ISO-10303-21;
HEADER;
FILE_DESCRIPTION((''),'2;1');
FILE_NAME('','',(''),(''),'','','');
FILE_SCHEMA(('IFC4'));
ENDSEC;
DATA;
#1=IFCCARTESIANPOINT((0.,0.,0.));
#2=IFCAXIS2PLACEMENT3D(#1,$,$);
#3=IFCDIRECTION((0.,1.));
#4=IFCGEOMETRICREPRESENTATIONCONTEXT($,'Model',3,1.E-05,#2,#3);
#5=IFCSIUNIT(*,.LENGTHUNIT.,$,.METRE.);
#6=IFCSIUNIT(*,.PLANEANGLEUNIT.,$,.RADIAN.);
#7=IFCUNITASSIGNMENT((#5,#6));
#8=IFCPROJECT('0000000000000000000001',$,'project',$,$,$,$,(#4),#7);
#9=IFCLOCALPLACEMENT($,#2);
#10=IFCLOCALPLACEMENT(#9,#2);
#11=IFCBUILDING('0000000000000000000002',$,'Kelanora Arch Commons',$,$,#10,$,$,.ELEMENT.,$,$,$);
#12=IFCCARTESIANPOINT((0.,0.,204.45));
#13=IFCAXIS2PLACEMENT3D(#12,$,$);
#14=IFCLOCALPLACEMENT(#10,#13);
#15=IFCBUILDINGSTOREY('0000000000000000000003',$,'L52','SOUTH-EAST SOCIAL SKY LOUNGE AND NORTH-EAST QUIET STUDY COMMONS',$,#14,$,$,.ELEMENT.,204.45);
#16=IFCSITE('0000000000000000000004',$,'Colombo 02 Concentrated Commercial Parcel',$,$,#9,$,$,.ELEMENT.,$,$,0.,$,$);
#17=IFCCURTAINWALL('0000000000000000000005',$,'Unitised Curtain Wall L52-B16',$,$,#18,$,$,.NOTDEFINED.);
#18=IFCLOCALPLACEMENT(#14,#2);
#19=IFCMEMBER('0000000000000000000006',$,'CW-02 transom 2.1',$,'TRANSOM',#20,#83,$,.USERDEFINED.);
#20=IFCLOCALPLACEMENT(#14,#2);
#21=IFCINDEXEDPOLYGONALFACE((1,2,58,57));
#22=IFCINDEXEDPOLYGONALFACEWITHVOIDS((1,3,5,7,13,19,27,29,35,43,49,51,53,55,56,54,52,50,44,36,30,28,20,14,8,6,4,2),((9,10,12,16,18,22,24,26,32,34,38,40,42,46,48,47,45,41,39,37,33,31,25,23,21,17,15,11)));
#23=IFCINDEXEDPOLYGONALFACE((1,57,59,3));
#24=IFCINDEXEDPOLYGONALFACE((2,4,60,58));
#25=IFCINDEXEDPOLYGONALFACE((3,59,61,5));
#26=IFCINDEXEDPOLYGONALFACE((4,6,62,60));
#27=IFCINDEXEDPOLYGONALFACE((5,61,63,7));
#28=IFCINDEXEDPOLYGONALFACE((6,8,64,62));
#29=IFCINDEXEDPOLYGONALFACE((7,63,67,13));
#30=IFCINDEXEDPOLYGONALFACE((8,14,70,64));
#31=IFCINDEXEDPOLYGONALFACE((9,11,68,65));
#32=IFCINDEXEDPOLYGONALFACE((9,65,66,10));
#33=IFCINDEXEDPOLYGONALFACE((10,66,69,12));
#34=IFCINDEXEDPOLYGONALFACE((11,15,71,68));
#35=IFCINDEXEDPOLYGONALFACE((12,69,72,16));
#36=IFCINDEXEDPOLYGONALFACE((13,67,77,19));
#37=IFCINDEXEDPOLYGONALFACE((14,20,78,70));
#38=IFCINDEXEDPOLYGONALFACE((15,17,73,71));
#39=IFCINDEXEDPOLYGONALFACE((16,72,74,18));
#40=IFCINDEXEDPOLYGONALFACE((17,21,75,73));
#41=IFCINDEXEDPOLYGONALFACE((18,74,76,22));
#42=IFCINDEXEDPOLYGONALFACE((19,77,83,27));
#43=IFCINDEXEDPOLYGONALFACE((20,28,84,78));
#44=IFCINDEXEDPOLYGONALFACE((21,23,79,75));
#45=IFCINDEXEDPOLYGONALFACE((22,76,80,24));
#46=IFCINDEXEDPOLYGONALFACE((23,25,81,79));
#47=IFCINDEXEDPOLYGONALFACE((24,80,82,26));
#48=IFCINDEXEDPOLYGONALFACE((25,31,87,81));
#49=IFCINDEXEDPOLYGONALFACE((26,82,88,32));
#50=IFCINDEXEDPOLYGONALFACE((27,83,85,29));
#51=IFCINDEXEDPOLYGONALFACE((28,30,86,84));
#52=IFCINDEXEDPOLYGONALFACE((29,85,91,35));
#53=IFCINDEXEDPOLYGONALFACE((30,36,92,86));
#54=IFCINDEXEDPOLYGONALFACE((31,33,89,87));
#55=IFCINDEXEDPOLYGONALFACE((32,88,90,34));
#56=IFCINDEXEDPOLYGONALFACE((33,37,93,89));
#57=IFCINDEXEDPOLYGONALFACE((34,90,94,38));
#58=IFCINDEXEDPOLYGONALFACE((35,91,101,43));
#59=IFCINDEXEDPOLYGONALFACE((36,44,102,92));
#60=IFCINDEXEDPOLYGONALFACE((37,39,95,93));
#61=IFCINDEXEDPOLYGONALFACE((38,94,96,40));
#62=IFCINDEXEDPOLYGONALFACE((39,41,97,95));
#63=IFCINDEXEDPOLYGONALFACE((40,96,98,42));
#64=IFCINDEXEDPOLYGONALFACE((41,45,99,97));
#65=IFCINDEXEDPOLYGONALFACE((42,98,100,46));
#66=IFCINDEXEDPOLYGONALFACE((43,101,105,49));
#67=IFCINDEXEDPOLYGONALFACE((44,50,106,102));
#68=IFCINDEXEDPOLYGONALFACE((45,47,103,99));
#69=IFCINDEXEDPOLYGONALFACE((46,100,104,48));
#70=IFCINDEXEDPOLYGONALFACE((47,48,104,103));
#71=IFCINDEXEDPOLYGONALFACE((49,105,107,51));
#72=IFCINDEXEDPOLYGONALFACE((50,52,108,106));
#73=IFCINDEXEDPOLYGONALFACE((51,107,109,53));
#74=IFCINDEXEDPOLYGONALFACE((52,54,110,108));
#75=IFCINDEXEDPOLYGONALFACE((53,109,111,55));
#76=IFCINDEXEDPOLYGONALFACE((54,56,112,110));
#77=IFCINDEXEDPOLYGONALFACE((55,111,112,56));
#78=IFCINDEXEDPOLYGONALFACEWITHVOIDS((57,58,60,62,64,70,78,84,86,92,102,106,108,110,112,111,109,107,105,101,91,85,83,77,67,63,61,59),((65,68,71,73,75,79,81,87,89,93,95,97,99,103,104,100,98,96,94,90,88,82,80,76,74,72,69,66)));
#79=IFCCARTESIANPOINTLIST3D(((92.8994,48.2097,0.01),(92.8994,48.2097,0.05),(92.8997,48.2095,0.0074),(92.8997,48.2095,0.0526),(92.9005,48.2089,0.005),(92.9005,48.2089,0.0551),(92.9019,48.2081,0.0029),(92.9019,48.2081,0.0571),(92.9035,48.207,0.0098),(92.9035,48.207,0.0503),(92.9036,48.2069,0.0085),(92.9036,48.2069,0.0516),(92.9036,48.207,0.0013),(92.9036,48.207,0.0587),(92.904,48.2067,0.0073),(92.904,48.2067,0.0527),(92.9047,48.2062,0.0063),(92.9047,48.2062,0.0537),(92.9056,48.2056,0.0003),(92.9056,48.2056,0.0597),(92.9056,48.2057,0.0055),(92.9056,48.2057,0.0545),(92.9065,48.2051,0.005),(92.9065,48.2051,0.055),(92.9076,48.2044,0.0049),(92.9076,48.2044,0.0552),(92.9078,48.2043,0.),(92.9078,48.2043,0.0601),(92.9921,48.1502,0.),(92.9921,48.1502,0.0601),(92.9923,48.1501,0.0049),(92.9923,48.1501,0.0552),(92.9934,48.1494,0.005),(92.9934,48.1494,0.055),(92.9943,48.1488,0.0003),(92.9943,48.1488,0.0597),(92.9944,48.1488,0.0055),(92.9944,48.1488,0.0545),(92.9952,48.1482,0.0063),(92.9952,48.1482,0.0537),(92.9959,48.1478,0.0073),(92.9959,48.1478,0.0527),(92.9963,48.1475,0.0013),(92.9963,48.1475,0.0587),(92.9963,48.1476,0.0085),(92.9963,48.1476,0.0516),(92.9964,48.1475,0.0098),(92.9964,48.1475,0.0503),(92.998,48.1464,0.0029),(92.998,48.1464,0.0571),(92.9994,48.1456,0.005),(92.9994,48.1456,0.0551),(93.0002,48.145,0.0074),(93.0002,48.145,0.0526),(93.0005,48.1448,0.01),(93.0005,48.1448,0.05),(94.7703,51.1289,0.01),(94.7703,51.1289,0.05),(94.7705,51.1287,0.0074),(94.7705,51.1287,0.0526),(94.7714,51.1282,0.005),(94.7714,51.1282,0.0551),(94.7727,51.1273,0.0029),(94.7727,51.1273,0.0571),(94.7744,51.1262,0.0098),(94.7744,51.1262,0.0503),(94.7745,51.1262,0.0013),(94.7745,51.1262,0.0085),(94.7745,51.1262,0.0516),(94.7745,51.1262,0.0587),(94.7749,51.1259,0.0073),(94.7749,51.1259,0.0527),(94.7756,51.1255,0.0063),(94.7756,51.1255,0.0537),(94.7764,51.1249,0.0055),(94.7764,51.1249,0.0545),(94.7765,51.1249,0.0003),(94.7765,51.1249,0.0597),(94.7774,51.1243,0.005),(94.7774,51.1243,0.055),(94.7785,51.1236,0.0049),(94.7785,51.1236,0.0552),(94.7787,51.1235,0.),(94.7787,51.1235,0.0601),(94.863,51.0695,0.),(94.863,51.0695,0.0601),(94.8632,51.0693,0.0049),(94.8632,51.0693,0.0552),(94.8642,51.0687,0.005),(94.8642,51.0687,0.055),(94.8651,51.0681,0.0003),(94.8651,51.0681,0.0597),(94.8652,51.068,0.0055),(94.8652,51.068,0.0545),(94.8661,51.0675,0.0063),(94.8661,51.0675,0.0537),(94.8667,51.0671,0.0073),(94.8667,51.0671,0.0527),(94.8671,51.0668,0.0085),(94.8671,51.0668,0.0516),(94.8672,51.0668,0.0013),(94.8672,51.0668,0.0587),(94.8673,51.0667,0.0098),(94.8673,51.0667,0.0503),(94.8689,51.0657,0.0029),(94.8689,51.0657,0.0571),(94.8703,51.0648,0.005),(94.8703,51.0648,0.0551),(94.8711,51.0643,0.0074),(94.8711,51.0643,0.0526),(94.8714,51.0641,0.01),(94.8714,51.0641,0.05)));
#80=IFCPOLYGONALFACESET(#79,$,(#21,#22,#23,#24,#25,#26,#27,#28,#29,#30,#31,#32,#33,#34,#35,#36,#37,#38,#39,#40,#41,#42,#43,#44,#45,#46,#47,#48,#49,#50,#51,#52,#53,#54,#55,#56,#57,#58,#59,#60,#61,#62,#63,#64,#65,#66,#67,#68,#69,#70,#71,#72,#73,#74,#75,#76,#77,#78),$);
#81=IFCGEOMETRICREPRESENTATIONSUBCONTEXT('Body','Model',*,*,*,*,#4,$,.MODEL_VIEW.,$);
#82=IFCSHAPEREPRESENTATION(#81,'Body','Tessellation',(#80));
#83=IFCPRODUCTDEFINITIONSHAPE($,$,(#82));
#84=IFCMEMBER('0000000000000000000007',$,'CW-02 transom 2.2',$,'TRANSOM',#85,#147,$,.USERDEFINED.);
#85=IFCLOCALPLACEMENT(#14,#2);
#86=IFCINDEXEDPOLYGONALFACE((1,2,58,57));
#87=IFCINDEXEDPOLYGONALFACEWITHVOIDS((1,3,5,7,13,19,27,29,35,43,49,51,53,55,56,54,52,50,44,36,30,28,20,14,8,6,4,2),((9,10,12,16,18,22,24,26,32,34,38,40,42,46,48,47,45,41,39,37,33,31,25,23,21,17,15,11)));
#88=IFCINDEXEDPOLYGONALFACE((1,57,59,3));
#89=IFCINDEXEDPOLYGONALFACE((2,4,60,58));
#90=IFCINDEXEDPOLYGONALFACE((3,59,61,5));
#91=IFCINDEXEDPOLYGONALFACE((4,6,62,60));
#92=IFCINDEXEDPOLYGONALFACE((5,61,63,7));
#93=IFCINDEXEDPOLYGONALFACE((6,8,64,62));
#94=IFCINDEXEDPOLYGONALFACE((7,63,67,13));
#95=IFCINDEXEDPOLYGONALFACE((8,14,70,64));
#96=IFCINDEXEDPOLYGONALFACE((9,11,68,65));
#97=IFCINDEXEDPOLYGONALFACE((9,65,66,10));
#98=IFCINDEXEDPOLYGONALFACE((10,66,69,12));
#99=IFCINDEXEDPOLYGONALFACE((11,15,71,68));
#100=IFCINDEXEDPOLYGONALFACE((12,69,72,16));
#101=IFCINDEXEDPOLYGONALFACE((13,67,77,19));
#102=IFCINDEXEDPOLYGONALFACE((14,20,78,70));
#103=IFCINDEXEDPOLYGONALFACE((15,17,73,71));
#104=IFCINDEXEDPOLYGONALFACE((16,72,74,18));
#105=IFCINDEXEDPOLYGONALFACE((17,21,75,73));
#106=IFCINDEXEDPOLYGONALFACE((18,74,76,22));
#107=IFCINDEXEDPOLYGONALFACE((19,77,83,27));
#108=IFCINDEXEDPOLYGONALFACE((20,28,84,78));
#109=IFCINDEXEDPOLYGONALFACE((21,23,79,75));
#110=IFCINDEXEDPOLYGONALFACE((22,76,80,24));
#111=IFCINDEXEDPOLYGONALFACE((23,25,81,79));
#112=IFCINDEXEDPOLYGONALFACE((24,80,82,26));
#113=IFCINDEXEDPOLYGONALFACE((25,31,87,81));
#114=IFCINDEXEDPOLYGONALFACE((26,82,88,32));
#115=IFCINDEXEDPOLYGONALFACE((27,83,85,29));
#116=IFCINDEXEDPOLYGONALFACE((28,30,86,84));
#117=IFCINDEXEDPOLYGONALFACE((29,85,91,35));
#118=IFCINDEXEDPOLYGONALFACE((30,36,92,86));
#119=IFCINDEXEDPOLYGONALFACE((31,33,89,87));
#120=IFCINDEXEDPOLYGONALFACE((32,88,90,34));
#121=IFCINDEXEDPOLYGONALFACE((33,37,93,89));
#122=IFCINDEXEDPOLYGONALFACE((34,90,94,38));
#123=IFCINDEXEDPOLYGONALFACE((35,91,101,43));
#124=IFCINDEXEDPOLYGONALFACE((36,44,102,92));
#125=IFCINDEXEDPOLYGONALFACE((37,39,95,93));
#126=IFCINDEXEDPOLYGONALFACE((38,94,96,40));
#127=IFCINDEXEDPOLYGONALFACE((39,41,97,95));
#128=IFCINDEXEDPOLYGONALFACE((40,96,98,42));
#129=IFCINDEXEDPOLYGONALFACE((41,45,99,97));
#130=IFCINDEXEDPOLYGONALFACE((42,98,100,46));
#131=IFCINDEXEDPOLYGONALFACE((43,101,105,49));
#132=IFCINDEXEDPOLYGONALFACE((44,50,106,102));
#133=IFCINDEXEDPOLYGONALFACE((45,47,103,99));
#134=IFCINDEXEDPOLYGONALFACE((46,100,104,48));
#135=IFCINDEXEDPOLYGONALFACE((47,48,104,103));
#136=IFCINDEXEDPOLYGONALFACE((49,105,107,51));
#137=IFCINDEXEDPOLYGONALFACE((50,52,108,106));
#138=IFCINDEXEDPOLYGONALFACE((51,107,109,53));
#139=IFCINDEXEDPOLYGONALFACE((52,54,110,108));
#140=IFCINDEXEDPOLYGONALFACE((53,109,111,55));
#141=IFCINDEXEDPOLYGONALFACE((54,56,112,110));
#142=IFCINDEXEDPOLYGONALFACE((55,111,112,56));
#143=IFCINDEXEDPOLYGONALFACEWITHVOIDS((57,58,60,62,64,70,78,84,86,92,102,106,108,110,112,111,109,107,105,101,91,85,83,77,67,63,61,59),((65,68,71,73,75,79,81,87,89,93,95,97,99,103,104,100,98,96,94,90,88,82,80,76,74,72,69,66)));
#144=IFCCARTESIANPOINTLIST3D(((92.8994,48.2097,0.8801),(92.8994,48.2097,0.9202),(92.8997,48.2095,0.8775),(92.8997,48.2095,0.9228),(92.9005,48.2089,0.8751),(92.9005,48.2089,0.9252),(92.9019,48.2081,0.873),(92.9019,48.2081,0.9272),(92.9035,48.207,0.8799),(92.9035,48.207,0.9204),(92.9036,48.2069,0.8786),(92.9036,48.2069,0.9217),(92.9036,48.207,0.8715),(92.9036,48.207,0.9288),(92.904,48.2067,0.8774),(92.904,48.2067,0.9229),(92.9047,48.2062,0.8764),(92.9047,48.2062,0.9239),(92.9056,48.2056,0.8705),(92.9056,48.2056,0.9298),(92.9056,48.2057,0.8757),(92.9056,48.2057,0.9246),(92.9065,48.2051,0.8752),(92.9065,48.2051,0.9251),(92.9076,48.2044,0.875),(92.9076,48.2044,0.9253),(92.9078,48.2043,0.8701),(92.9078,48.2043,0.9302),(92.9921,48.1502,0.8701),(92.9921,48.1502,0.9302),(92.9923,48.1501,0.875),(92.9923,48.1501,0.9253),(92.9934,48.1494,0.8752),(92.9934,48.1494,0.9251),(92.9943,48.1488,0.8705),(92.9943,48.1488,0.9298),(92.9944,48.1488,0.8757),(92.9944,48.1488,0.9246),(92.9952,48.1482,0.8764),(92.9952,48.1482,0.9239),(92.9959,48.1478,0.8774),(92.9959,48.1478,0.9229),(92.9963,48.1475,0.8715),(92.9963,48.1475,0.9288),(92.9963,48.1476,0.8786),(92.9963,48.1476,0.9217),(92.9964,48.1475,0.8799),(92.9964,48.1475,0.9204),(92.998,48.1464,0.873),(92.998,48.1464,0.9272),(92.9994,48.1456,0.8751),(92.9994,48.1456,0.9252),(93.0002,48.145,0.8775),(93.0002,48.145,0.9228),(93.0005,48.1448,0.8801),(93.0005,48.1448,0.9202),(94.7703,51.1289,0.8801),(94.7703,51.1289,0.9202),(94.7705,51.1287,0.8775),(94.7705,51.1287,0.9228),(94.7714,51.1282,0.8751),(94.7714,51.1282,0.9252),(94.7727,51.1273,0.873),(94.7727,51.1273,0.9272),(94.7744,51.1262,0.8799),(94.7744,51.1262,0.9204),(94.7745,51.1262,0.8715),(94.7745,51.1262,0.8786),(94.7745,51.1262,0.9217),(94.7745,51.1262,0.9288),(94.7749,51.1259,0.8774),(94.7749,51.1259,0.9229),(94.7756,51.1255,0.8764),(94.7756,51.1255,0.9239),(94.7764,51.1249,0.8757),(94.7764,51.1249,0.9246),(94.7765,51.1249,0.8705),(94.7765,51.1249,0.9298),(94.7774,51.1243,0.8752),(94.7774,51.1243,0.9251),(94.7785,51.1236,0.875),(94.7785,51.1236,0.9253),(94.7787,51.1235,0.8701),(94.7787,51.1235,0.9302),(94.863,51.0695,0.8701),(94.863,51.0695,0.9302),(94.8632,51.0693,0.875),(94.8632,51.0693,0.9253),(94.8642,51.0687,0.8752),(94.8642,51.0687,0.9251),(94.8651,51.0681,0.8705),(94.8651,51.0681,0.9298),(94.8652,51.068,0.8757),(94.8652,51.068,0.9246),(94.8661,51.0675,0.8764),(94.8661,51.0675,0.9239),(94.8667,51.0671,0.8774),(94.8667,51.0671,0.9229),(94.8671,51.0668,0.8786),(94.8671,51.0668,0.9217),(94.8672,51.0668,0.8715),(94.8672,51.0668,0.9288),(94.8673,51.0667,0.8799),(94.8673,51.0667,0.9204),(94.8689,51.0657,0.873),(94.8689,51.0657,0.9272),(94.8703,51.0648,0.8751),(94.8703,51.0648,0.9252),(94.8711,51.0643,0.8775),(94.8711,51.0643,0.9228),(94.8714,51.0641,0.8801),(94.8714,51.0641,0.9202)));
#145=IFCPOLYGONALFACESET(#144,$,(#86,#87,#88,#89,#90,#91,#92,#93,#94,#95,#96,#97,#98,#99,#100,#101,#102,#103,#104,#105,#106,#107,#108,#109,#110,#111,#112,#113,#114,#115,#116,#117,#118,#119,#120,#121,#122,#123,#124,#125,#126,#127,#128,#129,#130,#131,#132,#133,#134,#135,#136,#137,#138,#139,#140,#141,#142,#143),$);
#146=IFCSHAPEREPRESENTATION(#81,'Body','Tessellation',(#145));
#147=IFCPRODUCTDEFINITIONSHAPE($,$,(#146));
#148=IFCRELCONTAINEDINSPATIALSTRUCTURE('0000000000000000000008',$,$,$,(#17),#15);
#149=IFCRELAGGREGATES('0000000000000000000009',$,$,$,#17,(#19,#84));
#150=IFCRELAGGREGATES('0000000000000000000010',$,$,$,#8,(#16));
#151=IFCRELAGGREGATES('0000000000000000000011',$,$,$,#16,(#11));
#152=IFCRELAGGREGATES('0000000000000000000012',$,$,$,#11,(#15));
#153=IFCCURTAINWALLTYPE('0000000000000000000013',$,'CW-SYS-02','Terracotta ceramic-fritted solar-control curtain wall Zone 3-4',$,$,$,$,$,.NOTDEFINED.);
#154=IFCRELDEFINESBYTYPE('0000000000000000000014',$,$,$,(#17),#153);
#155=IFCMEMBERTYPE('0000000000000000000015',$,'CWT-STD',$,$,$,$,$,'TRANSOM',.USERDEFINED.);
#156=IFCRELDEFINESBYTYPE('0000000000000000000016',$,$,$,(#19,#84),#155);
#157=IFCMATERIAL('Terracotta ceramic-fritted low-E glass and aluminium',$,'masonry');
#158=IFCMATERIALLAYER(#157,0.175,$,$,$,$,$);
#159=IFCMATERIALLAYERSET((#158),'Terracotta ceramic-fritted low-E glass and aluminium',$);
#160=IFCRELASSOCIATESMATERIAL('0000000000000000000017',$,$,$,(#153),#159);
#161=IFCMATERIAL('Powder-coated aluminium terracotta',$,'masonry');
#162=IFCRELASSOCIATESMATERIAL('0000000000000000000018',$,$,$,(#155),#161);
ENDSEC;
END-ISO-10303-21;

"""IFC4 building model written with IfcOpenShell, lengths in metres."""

from ifc_helpers import new_model, si_unit, direction, frame, origin, origin_2d, place, context, subcontext, project, spatial, hollow_rectangle, extrude, material, layer, layer_set, material_profile, profile_set, type_object, element, aggregate, save


model = new_model("IFC4")

# Units and contexts
model_context = context("Model", 3, precision=1e-05, world=origin(), true_north=direction((0.0, 1.0)))
body_context = subcontext(model_context, "Body", "Model", "MODEL_VIEW")
ifc_project = project(units=[si_unit("LENGTHUNIT", "METRE"), si_unit("PLANEANGLEUNIT", "RADIAN")], contexts=[model_context])

# Site, building, storey
site_placement = place(None, origin())
site = spatial("IfcSite", under=ifc_project, at=site_placement, Name="Colombo 02 Concentrated Commercial Parcel", CompositionType="ELEMENT", RefElevation=0.0)
building_placement = place(site_placement, origin())
building = spatial("IfcBuilding", under=site, at=building_placement, Name="Kelanora Arch Commons", CompositionType="ELEMENT")
storey_placement = place(building_placement, frame((0.0, 0.0, 204.45)))
storey = spatial("IfcBuildingStorey", under=building, at=storey_placement, Name="L52", Description="SOUTH-EAST SOCIAL SKY LOUNGE AND NORTH-EAST QUIET STUDY COMMONS", CompositionType="ELEMENT", Elevation=204.45)

# Curtain wall, members
ifc_material_1 = material(Name="Terracotta ceramic-fritted low-E glass and aluminium", Category="masonry")
ifc_layer_1 = layer(ifc_material_1, 0.175)
ifc_layer_set_1 = layer_set([ifc_layer_1], Name="Terracotta ceramic-fritted low-E glass and aluminium")
curtain_wall_type = type_object("IfcCurtainWallType", Name="CW-SYS-02", Description="Terracotta ceramic-fritted solar-control curtain wall Zone 3-4", PredefinedType="NOTDEFINED", material=ifc_layer_set_1)
curtain_wall_placement = place(storey_placement, origin())
curtain_wall = element("IfcCurtainWall", 1, at=curtain_wall_placement, inside=storey, type_object=curtain_wall_type, Name="Unitised Curtain Wall L52-B16", PredefinedType="NOTDEFINED")
ifc_material_2 = material(Name="Powder-coated aluminium terracotta", Category="masonry")
ifc_material_profile_1 = material_profile(ifc_material_2, hollow_rectangle(XDim=0.1201, YDim=0.0601, WallThickness=0.0049, InnerFilletRadius=0.0049, OuterFilletRadius=0.01, at=origin_2d()), Name="CWT120x60")
ifc_profile_set_1 = profile_set([ifc_material_profile_1], Name="Powder-coated aluminium terracotta")
member_type_1 = type_object("IfcMemberType", Name="CWT-STD", ElementType="TRANSOM", PredefinedType="USERDEFINED", material=ifc_profile_set_1)
member_1_placement = place(storey_placement, frame((92.95, 48.1772, 0.03), z_axis=(0.539579, 0.841935, 0.0), x_axis=(-0.841935, 0.539579, 0.0)))
member_1 = element("IfcMember", 2, at=member_1_placement, type_object=member_type_1, Name="CW-02 transom 2.1", ObjectType="TRANSOM", PredefinedType="USERDEFINED", context=body_context, shape_type="SweptSolid", body=[
    extrude(hollow_rectangle(XDim=0.1201, YDim=0.0601, WallThickness=0.0049, InnerFilletRadius=0.0049, OuterFilletRadius=0.01, at=origin_2d()), origin(), (0.0, 0.0, 1.0), 3.4673),
])
member_2_placement = place(storey_placement, frame((92.95, 48.1772, 0.9001), z_axis=(0.539579, 0.841935, 0.0), x_axis=(-0.841935, 0.539579, 0.0)))
member_2 = element("IfcMember", 3, at=member_2_placement, type_object=member_type_1, Name="CW-02 transom 2.2", ObjectType="TRANSOM", PredefinedType="USERDEFINED", context=body_context, shape_type="SweptSolid", body=[
    extrude(hollow_rectangle(XDim=0.1201, YDim=0.0601, WallThickness=0.0049, InnerFilletRadius=0.0049, OuterFilletRadius=0.01, at=origin_2d()), origin(), (0.0, 0.0, 1.0), 3.4673),
])
aggregate(curtain_wall, [member_1, member_2])

save(model, "model.ifc")
